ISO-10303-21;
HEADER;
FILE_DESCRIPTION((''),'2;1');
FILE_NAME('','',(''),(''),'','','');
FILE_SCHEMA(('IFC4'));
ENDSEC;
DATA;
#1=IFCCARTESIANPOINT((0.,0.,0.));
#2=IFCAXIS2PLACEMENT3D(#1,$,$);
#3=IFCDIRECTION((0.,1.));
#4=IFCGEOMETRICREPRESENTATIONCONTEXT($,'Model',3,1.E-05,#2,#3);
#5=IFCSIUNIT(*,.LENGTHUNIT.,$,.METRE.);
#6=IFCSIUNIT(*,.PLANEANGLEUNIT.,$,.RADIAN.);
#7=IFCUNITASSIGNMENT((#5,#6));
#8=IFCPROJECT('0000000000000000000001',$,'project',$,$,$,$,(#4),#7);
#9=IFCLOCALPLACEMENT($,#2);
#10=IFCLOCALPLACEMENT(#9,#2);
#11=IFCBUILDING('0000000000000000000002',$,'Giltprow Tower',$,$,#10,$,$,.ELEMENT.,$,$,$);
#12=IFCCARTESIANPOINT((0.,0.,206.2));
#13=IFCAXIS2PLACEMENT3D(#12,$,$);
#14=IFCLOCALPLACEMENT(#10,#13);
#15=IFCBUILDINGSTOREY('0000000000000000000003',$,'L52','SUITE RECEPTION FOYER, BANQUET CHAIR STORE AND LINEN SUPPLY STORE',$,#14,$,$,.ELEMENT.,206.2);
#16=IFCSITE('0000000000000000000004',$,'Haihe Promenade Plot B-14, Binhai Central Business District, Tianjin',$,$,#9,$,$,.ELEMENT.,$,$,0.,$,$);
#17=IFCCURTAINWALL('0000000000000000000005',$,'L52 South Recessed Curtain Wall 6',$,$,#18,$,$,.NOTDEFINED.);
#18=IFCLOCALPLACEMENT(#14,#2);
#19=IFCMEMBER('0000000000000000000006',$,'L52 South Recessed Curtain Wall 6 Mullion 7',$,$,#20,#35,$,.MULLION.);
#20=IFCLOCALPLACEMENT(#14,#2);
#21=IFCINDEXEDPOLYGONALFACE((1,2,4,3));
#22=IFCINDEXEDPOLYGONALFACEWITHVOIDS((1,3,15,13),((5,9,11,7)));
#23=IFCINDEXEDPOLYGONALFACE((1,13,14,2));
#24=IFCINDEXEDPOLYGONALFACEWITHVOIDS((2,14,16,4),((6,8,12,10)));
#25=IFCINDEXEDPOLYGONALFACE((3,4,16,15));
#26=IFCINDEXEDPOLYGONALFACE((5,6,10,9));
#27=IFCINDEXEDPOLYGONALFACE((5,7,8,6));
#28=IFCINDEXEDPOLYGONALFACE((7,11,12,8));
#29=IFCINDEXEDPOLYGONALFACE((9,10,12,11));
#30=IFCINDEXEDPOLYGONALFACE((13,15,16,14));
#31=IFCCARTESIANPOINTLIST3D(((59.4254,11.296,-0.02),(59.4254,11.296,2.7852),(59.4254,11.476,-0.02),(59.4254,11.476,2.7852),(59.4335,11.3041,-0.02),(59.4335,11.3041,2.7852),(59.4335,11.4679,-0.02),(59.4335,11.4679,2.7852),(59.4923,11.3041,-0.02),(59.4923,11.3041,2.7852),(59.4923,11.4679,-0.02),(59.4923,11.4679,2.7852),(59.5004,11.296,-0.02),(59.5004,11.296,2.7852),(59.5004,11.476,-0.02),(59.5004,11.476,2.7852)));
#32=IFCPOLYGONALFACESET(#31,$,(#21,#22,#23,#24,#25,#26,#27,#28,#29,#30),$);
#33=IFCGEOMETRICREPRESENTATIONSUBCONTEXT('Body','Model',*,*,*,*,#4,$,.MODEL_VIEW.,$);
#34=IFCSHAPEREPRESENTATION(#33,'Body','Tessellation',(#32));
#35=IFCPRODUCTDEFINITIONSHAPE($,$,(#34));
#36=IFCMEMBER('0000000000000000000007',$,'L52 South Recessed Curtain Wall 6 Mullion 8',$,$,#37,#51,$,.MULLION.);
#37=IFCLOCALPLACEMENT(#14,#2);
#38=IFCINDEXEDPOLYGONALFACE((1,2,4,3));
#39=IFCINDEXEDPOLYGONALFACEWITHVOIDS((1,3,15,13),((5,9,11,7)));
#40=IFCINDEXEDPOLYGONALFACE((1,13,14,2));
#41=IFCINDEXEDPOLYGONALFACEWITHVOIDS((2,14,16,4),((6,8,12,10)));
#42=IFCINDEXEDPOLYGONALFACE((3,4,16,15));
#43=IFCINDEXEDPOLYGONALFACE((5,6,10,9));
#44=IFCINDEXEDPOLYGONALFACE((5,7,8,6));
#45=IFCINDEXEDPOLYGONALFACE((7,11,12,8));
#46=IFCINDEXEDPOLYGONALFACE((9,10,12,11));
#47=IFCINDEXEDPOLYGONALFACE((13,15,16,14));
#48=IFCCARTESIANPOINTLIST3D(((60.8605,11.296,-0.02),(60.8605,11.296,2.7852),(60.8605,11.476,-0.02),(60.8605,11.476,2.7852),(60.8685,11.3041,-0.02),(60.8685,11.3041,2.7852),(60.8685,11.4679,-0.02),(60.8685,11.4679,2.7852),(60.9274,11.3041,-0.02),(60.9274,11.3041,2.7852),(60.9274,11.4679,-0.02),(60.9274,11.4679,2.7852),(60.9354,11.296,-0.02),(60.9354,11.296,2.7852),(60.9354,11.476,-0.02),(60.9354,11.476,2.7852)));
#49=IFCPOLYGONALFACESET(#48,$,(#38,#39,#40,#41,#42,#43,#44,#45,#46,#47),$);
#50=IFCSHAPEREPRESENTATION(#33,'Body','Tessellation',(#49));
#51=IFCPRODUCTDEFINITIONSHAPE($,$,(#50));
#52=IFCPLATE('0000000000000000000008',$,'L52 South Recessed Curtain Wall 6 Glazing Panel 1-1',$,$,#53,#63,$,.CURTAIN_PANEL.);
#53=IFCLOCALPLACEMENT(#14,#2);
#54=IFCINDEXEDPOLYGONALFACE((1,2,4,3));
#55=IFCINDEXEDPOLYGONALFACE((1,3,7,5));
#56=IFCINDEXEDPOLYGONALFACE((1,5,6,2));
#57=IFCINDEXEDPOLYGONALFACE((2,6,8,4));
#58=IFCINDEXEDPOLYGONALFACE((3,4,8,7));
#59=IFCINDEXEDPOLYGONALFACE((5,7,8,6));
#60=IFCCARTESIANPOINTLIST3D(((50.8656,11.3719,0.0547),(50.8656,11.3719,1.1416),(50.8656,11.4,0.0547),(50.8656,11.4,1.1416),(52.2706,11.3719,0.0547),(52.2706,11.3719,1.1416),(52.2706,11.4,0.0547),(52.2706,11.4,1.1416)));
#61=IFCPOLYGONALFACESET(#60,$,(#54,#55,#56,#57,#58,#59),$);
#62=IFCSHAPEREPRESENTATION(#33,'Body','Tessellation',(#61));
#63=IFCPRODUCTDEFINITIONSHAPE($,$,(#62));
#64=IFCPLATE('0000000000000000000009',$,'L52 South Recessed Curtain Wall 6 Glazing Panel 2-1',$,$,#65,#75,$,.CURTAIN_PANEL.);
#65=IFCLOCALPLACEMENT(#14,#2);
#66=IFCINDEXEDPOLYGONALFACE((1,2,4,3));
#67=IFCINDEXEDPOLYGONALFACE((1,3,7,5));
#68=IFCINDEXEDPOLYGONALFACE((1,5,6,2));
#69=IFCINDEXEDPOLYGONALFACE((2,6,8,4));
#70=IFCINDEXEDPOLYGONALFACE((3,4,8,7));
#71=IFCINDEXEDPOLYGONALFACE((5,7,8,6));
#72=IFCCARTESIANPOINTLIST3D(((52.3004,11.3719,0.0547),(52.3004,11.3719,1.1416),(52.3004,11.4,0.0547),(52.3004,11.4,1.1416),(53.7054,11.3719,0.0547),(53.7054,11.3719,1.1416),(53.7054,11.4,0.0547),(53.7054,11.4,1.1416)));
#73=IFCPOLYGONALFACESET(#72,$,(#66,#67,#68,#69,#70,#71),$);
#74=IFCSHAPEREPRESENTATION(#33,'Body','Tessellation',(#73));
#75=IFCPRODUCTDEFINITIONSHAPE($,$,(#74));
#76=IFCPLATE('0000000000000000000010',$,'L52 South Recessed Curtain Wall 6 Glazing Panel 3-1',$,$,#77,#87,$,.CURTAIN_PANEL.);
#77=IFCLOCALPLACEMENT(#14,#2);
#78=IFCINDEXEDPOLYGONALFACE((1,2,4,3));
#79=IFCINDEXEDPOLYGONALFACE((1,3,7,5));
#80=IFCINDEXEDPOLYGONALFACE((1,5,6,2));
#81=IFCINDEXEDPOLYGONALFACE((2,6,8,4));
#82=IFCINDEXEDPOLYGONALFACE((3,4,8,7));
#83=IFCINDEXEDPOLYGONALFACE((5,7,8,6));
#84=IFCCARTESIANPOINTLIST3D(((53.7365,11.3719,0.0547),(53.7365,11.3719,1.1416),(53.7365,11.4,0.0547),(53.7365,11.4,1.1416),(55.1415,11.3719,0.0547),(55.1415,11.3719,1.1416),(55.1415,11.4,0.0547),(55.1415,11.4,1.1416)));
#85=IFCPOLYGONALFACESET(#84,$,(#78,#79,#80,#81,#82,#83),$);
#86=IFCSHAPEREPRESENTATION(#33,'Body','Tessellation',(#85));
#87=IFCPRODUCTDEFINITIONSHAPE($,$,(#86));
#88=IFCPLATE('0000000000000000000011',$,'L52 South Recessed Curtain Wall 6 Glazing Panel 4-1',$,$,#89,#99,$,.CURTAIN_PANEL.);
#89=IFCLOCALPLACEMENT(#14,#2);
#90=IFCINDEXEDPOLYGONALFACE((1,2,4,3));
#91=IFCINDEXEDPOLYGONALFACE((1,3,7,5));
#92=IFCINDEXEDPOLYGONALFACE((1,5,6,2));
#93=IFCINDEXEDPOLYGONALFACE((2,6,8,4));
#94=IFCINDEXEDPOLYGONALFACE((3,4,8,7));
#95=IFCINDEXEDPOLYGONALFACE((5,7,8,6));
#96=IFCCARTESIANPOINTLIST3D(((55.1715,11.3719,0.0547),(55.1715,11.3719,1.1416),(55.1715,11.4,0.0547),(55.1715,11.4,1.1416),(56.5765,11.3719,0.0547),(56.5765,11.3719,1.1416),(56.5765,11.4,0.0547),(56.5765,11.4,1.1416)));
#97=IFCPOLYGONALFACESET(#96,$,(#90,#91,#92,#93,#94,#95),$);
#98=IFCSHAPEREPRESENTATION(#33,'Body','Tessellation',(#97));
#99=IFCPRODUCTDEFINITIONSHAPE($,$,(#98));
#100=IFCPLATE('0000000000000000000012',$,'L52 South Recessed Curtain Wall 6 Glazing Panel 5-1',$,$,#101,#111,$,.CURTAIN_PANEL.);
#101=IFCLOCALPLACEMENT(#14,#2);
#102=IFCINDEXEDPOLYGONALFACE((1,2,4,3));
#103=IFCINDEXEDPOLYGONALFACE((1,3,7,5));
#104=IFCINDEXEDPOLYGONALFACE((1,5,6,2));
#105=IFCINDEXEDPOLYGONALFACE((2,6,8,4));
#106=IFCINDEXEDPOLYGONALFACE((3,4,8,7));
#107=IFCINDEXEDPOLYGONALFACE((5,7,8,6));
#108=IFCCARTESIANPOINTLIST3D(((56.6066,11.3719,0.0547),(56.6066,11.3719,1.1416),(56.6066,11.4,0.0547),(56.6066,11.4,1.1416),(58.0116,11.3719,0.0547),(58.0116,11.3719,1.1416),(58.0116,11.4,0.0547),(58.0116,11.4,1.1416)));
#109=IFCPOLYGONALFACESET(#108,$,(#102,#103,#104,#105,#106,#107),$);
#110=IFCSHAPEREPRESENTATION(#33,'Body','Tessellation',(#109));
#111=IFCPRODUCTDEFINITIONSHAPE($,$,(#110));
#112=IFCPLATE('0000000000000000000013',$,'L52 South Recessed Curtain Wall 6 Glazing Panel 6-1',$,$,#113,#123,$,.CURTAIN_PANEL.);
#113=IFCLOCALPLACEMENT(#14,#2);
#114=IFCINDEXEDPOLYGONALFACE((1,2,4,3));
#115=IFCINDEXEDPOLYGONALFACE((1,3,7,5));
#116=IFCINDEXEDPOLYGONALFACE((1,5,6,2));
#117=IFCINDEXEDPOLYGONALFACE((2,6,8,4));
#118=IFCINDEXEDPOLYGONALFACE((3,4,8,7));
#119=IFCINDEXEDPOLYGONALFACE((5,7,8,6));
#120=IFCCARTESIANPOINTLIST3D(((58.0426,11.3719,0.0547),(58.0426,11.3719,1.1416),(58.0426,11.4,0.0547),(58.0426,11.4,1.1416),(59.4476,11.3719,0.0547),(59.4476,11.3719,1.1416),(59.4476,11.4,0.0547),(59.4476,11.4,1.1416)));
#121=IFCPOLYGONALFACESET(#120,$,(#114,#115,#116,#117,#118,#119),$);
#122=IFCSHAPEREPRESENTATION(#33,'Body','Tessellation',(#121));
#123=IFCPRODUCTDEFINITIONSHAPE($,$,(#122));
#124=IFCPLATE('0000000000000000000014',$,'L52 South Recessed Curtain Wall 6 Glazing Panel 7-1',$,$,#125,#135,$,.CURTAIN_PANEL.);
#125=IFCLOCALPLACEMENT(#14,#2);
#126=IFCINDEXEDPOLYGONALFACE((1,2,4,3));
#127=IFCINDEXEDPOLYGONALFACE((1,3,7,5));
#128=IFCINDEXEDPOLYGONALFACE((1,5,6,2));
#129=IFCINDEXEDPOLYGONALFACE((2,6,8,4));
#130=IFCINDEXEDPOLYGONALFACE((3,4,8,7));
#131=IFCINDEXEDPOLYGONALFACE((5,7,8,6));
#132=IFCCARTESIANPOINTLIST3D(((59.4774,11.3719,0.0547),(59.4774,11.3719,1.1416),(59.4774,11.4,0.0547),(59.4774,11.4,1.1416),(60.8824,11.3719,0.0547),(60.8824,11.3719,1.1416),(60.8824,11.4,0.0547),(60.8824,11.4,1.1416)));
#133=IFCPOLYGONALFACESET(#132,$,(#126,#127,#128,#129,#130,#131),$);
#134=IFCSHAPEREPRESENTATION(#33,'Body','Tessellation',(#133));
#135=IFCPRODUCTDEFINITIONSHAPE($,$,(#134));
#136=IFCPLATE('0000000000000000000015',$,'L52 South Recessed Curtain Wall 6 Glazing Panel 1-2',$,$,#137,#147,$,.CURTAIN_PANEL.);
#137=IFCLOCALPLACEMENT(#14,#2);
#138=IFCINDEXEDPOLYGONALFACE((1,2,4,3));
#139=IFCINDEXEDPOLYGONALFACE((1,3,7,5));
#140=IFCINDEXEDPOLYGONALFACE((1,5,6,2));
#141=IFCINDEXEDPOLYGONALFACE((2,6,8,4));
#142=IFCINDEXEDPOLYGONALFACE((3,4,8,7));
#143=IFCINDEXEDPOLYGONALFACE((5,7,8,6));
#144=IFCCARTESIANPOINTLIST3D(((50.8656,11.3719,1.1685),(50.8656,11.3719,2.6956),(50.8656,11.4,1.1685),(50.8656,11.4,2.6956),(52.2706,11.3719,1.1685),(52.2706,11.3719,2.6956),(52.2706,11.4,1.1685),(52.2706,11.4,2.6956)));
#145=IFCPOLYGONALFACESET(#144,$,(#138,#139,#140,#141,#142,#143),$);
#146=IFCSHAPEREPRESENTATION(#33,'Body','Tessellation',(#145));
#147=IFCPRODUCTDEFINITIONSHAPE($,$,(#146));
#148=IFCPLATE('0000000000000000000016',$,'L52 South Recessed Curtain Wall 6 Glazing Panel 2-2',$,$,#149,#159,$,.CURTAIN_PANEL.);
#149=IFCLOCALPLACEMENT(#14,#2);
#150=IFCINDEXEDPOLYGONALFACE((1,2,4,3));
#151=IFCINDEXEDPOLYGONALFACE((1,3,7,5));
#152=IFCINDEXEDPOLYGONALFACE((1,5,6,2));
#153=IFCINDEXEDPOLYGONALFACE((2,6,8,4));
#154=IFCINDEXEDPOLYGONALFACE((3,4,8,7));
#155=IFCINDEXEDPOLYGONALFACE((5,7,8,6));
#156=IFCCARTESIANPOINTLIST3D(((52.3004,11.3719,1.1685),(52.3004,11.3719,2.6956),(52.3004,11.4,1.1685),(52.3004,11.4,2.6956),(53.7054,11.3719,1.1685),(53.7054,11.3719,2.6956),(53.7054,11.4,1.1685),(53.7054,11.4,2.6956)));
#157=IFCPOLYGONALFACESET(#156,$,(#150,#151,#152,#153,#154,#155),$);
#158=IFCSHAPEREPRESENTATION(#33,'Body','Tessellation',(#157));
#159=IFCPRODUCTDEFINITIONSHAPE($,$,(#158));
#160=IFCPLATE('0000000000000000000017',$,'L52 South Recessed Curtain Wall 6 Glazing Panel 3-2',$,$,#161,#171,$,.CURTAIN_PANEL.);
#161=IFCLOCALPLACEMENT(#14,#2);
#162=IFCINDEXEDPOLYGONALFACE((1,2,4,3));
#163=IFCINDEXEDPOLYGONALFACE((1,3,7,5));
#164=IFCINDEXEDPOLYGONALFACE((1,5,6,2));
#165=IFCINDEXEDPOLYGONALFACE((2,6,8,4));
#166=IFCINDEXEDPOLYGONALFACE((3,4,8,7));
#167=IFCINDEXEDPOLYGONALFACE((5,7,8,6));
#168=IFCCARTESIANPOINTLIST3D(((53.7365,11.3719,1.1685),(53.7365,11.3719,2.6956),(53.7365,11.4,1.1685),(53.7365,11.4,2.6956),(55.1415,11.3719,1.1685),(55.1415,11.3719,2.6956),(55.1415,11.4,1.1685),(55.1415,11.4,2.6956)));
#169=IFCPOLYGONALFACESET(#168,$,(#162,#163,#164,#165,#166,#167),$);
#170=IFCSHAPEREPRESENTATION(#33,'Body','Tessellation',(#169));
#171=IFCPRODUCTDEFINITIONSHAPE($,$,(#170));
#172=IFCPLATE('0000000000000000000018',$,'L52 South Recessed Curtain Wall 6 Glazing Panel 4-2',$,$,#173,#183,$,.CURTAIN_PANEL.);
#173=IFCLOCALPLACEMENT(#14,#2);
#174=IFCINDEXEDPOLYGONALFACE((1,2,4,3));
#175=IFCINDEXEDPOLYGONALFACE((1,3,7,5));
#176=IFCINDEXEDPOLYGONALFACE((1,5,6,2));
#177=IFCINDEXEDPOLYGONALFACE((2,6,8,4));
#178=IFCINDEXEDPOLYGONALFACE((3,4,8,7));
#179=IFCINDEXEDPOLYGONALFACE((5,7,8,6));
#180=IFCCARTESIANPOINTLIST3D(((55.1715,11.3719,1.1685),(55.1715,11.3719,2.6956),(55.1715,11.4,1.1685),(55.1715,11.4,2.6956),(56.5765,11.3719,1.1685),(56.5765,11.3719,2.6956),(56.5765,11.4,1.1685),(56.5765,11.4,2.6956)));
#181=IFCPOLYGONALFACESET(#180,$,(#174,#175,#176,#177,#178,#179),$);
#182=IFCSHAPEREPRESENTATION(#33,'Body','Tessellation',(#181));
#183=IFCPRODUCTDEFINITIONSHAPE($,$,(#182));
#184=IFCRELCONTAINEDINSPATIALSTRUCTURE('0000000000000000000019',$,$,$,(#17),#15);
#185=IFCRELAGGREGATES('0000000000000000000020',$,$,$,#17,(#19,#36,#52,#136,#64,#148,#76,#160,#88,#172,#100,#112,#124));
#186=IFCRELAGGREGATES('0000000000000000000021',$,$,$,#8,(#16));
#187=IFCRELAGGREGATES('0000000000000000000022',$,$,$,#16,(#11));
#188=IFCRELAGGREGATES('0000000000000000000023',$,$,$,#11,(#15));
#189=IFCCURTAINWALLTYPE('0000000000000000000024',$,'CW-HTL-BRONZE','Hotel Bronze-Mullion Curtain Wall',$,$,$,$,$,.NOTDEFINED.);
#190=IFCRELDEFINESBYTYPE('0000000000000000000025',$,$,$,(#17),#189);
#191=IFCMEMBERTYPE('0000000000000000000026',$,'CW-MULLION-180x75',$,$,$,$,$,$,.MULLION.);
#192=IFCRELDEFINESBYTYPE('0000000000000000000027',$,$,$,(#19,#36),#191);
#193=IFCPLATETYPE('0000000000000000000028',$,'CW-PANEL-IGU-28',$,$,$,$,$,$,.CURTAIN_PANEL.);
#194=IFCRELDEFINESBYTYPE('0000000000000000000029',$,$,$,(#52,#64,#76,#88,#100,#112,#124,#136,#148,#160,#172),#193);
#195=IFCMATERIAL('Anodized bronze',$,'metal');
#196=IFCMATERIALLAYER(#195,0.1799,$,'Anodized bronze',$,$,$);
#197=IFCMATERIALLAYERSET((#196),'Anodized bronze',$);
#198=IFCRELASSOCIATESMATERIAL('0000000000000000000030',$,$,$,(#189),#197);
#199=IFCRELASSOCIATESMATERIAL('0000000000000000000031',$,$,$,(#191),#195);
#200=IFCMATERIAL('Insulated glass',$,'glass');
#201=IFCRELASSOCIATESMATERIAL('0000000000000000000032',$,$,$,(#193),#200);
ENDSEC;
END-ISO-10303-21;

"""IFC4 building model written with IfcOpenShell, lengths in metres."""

from ifc_helpers import new_model, si_unit, direction, frame, origin, origin_2d, place, context, subcontext, project, spatial, rectangle, hollow_rectangle, extrude, source, transform, mapped, material, layer, layer_set, material_profile, profile_set, type_object, element, aggregate, save


model = new_model("IFC4")

# Units and contexts
model_context = context("Model", 3, precision=1e-05, world=origin(), true_north=direction((0.0, 1.0)))
body_context = subcontext(model_context, "Body", "Model", "MODEL_VIEW")
ifc_project = project(units=[si_unit("LENGTHUNIT", "METRE"), si_unit("PLANEANGLEUNIT", "RADIAN")], contexts=[model_context])

# Site, building, storey
site_placement = place(None, origin())
site = spatial("IfcSite", under=ifc_project, at=site_placement, Name="Haihe Promenade Plot B-14, Binhai Central Business District, Tianjin", CompositionType="ELEMENT", RefElevation=0.0)
building_placement = place(site_placement, origin())
building = spatial("IfcBuilding", under=site, at=building_placement, Name="Giltprow Tower", CompositionType="ELEMENT")
storey_placement = place(building_placement, frame((0.0, 0.0, 206.2)))
storey = spatial("IfcBuildingStorey", under=building, at=storey_placement, Name="L52", Description="SUITE RECEPTION FOYER, BANQUET CHAIR STORE AND LINEN SUPPLY STORE", CompositionType="ELEMENT", Elevation=206.2)

# Curtain wall, members, plates
ifc_material_1 = material(Name="Anodized bronze", Category="metal")
ifc_layer_1 = layer(ifc_material_1, 0.1799, Name="Anodized bronze")
ifc_layer_set_1 = layer_set([ifc_layer_1], Name="Anodized bronze")
curtain_wall_type = type_object("IfcCurtainWallType", Name="CW-HTL-BRONZE", Description="Hotel Bronze-Mullion Curtain Wall", PredefinedType="NOTDEFINED", material=ifc_layer_set_1)
curtain_wall_placement = place(storey_placement, origin())
curtain_wall = element("IfcCurtainWall", 1, at=curtain_wall_placement, inside=storey, type_object=curtain_wall_type, Name="L52 South Recessed Curtain Wall 6", PredefinedType="NOTDEFINED")
ifc_material_profile_1 = material_profile(ifc_material_1, hollow_rectangle(XDim=0.075, YDim=0.1799, WallThickness=0.0081, at=origin_2d()), Name="RHS 180x75x8")
ifc_profile_set_1 = profile_set([ifc_material_profile_1], Name="Anodized bronze")
member_type = type_object("IfcMemberType", Name="CW-MULLION-180x75", PredefinedType="MULLION", material=ifc_profile_set_1)
shared_shape_1 = source(origin(), body_context, "Body", "SweptSolid", [
    extrude(hollow_rectangle(XDim=0.075, YDim=0.1799, WallThickness=0.0081, at=origin_2d()), origin(), (0.0, 0.0, 1.0), 2.8052),
])
member_1_placement = place(storey_placement, frame((59.4629, 11.386, -0.02), z_axis=(0.0, 0.0, 1.0), x_axis=(1.0, 0.0, 0.0)))
member_1 = element("IfcMember", 2, at=member_1_placement, type_object=member_type, Name="L52 South Recessed Curtain Wall 6 Mullion 7", PredefinedType="MULLION", context=body_context, shape_type="MappedRepresentation", body=[
    mapped(shared_shape_1, transform((0.0, 0.0, 0.0), x_axis=(1.0, 0.0, 0.0), y_axis=(0.0, 1.0, 0.0), z_axis=(0.0, 0.0, 1.0), scale=1.0)),
])
member_2_placement = place(storey_placement, frame((60.8979, 11.386, -0.02), z_axis=(0.0, 0.0, 1.0), x_axis=(1.0, 0.0, 0.0)))
member_2 = element("IfcMember", 3, at=member_2_placement, type_object=member_type, Name="L52 South Recessed Curtain Wall 6 Mullion 8", PredefinedType="MULLION", context=body_context, shape_type="MappedRepresentation", body=[
    mapped(shared_shape_1, transform((0.0, 0.0, 0.0), x_axis=(1.0, 0.0, 0.0), y_axis=(0.0, 1.0, 0.0), z_axis=(0.0, 0.0, 1.0), scale=1.0)),
])
ifc_material_2 = material(Name="Insulated glass", Category="glass")
plate_type = type_object("IfcPlateType", Name="CW-PANEL-IGU-28", PredefinedType="CURTAIN_PANEL", material=ifc_material_2)
shared_shape_2 = source(origin(), body_context, "Body", "SweptSolid", [
    extrude(rectangle(XDim=1.405, YDim=0.0281, at=origin_2d()), origin(), (0.0, 0.0, 1.0), 1.0869),
])
plate_1_placement = place(storey_placement, frame((51.5681, 11.386, 0.0547), z_axis=(0.0, 0.0, 1.0), x_axis=(1.0, 0.0, 0.0)))
plate_1 = element("IfcPlate", 4, at=plate_1_placement, type_object=plate_type, Name="L52 South Recessed Curtain Wall 6 Glazing Panel 1-1", PredefinedType="CURTAIN_PANEL", context=body_context, shape_type="MappedRepresentation", body=[
    mapped(shared_shape_2, transform((0.0, 0.0, 0.0), x_axis=(1.0, 0.0, 0.0), y_axis=(0.0, 1.0, 0.0), z_axis=(0.0, 0.0, 1.0), scale=1.0)),
])
plate_2_placement = place(storey_placement, frame((53.0029, 11.386, 0.0547), z_axis=(0.0, 0.0, 1.0), x_axis=(1.0, 0.0, 0.0)))
plate_2 = element("IfcPlate", 5, at=plate_2_placement, type_object=plate_type, Name="L52 South Recessed Curtain Wall 6 Glazing Panel 2-1", PredefinedType="CURTAIN_PANEL", context=body_context, shape_type="MappedRepresentation", body=[
    mapped(shared_shape_2, transform((0.0, 0.0, 0.0), x_axis=(1.0, 0.0, 0.0), y_axis=(0.0, 1.0, 0.0), z_axis=(0.0, 0.0, 1.0), scale=1.0)),
])
plate_3_placement = place(storey_placement, frame((54.439, 11.386, 0.0547), z_axis=(0.0, 0.0, 1.0), x_axis=(1.0, 0.0, 0.0)))
plate_3 = element("IfcPlate", 6, at=plate_3_placement, type_object=plate_type, Name="L52 South Recessed Curtain Wall 6 Glazing Panel 3-1", PredefinedType="CURTAIN_PANEL", context=body_context, shape_type="MappedRepresentation", body=[
    mapped(shared_shape_2, transform((0.0, 0.0, 0.0), x_axis=(1.0, 0.0, 0.0), y_axis=(0.0, 1.0, 0.0), z_axis=(0.0, 0.0, 1.0), scale=1.0)),
])
plate_4_placement = place(storey_placement, frame((55.874, 11.386, 0.0547), z_axis=(0.0, 0.0, 1.0), x_axis=(1.0, 0.0, 0.0)))
plate_4 = element("IfcPlate", 7, at=plate_4_placement, type_object=plate_type, Name="L52 South Recessed Curtain Wall 6 Glazing Panel 4-1", PredefinedType="CURTAIN_PANEL", context=body_context, shape_type="MappedRepresentation", body=[
    mapped(shared_shape_2, transform((0.0, 0.0, 0.0), x_axis=(1.0, 0.0, 0.0), y_axis=(0.0, 1.0, 0.0), z_axis=(0.0, 0.0, 1.0), scale=1.0)),
])
plate_5_placement = place(storey_placement, frame((57.3091, 11.386, 0.0547), z_axis=(0.0, 0.0, 1.0), x_axis=(1.0, 0.0, 0.0)))
plate_5 = element("IfcPlate", 8, at=plate_5_placement, type_object=plate_type, Name="L52 South Recessed Curtain Wall 6 Glazing Panel 5-1", PredefinedType="CURTAIN_PANEL", context=body_context, shape_type="MappedRepresentation", body=[
    mapped(shared_shape_2, transform((0.0, 0.0, 0.0), x_axis=(1.0, 0.0, 0.0), y_axis=(0.0, 1.0, 0.0), z_axis=(0.0, 0.0, 1.0), scale=1.0)),
])
plate_6_placement = place(storey_placement, frame((58.7451, 11.386, 0.0547), z_axis=(0.0, 0.0, 1.0), x_axis=(1.0, 0.0, 0.0)))
plate_6 = element("IfcPlate", 9, at=plate_6_placement, type_object=plate_type, Name="L52 South Recessed Curtain Wall 6 Glazing Panel 6-1", PredefinedType="CURTAIN_PANEL", context=body_context, shape_type="MappedRepresentation", body=[
    mapped(shared_shape_2, transform((0.0, 0.0, 0.0), x_axis=(1.0, 0.0, 0.0), y_axis=(0.0, 1.0, 0.0), z_axis=(0.0, 0.0, 1.0), scale=1.0)),
])
plate_7_placement = place(storey_placement, frame((60.1799, 11.386, 0.0547), z_axis=(0.0, 0.0, 1.0), x_axis=(1.0, 0.0, 0.0)))
plate_7 = element("IfcPlate", 10, at=plate_7_placement, type_object=plate_type, Name="L52 South Recessed Curtain Wall 6 Glazing Panel 7-1", PredefinedType="CURTAIN_PANEL", context=body_context, shape_type="MappedRepresentation", body=[
    mapped(shared_shape_2, transform((0.0, 0.0, 0.0), x_axis=(1.0, 0.0, 0.0), y_axis=(0.0, 1.0, 0.0), z_axis=(0.0, 0.0, 1.0), scale=1.0)),
])
shared_shape_3 = source(origin(), body_context, "Body", "SweptSolid", [
    extrude(rectangle(XDim=1.405, YDim=0.0281, at=origin_2d()), origin(), (0.0, 0.0, 1.0), 1.5271),
])
plate_8_placement = place(storey_placement, frame((51.5681, 11.386, 1.1685), z_axis=(0.0, 0.0, 1.0), x_axis=(1.0, 0.0, 0.0)))
plate_8 = element("IfcPlate", 11, at=plate_8_placement, type_object=plate_type, Name="L52 South Recessed Curtain Wall 6 Glazing Panel 1-2", PredefinedType="CURTAIN_PANEL", context=body_context, shape_type="MappedRepresentation", body=[
    mapped(shared_shape_3, transform((0.0, 0.0, 0.0), x_axis=(1.0, 0.0, 0.0), y_axis=(0.0, 1.0, 0.0), z_axis=(0.0, 0.0, 1.0), scale=1.0)),
])
plate_9_placement = place(storey_placement, frame((53.0029, 11.386, 1.1685), z_axis=(0.0, 0.0, 1.0), x_axis=(1.0, 0.0, 0.0)))
plate_9 = element("IfcPlate", 12, at=plate_9_placement, type_object=plate_type, Name="L52 South Recessed Curtain Wall 6 Glazing Panel 2-2", PredefinedType="CURTAIN_PANEL", context=body_context, shape_type="MappedRepresentation", body=[
    mapped(shared_shape_3, transform((0.0, 0.0, 0.0), x_axis=(1.0, 0.0, 0.0), y_axis=(0.0, 1.0, 0.0), z_axis=(0.0, 0.0, 1.0), scale=1.0)),
])
plate_10_placement = place(storey_placement, frame((54.439, 11.386, 1.1685), z_axis=(0.0, 0.0, 1.0), x_axis=(1.0, 0.0, 0.0)))
plate_10 = element("IfcPlate", 13, at=plate_10_placement, type_object=plate_type, Name="L52 South Recessed Curtain Wall 6 Glazing Panel 3-2", PredefinedType="CURTAIN_PANEL", context=body_context, shape_type="MappedRepresentation", body=[
    mapped(shared_shape_3, transform((0.0, 0.0, 0.0), x_axis=(1.0, 0.0, 0.0), y_axis=(0.0, 1.0, 0.0), z_axis=(0.0, 0.0, 1.0), scale=1.0)),
])
plate_11_placement = place(storey_placement, frame((55.874, 11.386, 1.1685), z_axis=(0.0, 0.0, 1.0), x_axis=(1.0, 0.0, 0.0)))
plate_11 = element("IfcPlate", 14, at=plate_11_placement, type_object=plate_type, Name="L52 South Recessed Curtain Wall 6 Glazing Panel 4-2", PredefinedType="CURTAIN_PANEL", context=body_context, shape_type="MappedRepresentation", body=[
    mapped(shared_shape_3, transform((0.0, 0.0, 0.0), x_axis=(1.0, 0.0, 0.0), y_axis=(0.0, 1.0, 0.0), z_axis=(0.0, 0.0, 1.0), scale=1.0)),
])
aggregate(curtain_wall, [member_1, member_2, plate_1, plate_8, plate_2, plate_9, plate_3, plate_10, plate_4, plate_11, plate_5, plate_6, plate_7])

save(model, "model.ifc")
